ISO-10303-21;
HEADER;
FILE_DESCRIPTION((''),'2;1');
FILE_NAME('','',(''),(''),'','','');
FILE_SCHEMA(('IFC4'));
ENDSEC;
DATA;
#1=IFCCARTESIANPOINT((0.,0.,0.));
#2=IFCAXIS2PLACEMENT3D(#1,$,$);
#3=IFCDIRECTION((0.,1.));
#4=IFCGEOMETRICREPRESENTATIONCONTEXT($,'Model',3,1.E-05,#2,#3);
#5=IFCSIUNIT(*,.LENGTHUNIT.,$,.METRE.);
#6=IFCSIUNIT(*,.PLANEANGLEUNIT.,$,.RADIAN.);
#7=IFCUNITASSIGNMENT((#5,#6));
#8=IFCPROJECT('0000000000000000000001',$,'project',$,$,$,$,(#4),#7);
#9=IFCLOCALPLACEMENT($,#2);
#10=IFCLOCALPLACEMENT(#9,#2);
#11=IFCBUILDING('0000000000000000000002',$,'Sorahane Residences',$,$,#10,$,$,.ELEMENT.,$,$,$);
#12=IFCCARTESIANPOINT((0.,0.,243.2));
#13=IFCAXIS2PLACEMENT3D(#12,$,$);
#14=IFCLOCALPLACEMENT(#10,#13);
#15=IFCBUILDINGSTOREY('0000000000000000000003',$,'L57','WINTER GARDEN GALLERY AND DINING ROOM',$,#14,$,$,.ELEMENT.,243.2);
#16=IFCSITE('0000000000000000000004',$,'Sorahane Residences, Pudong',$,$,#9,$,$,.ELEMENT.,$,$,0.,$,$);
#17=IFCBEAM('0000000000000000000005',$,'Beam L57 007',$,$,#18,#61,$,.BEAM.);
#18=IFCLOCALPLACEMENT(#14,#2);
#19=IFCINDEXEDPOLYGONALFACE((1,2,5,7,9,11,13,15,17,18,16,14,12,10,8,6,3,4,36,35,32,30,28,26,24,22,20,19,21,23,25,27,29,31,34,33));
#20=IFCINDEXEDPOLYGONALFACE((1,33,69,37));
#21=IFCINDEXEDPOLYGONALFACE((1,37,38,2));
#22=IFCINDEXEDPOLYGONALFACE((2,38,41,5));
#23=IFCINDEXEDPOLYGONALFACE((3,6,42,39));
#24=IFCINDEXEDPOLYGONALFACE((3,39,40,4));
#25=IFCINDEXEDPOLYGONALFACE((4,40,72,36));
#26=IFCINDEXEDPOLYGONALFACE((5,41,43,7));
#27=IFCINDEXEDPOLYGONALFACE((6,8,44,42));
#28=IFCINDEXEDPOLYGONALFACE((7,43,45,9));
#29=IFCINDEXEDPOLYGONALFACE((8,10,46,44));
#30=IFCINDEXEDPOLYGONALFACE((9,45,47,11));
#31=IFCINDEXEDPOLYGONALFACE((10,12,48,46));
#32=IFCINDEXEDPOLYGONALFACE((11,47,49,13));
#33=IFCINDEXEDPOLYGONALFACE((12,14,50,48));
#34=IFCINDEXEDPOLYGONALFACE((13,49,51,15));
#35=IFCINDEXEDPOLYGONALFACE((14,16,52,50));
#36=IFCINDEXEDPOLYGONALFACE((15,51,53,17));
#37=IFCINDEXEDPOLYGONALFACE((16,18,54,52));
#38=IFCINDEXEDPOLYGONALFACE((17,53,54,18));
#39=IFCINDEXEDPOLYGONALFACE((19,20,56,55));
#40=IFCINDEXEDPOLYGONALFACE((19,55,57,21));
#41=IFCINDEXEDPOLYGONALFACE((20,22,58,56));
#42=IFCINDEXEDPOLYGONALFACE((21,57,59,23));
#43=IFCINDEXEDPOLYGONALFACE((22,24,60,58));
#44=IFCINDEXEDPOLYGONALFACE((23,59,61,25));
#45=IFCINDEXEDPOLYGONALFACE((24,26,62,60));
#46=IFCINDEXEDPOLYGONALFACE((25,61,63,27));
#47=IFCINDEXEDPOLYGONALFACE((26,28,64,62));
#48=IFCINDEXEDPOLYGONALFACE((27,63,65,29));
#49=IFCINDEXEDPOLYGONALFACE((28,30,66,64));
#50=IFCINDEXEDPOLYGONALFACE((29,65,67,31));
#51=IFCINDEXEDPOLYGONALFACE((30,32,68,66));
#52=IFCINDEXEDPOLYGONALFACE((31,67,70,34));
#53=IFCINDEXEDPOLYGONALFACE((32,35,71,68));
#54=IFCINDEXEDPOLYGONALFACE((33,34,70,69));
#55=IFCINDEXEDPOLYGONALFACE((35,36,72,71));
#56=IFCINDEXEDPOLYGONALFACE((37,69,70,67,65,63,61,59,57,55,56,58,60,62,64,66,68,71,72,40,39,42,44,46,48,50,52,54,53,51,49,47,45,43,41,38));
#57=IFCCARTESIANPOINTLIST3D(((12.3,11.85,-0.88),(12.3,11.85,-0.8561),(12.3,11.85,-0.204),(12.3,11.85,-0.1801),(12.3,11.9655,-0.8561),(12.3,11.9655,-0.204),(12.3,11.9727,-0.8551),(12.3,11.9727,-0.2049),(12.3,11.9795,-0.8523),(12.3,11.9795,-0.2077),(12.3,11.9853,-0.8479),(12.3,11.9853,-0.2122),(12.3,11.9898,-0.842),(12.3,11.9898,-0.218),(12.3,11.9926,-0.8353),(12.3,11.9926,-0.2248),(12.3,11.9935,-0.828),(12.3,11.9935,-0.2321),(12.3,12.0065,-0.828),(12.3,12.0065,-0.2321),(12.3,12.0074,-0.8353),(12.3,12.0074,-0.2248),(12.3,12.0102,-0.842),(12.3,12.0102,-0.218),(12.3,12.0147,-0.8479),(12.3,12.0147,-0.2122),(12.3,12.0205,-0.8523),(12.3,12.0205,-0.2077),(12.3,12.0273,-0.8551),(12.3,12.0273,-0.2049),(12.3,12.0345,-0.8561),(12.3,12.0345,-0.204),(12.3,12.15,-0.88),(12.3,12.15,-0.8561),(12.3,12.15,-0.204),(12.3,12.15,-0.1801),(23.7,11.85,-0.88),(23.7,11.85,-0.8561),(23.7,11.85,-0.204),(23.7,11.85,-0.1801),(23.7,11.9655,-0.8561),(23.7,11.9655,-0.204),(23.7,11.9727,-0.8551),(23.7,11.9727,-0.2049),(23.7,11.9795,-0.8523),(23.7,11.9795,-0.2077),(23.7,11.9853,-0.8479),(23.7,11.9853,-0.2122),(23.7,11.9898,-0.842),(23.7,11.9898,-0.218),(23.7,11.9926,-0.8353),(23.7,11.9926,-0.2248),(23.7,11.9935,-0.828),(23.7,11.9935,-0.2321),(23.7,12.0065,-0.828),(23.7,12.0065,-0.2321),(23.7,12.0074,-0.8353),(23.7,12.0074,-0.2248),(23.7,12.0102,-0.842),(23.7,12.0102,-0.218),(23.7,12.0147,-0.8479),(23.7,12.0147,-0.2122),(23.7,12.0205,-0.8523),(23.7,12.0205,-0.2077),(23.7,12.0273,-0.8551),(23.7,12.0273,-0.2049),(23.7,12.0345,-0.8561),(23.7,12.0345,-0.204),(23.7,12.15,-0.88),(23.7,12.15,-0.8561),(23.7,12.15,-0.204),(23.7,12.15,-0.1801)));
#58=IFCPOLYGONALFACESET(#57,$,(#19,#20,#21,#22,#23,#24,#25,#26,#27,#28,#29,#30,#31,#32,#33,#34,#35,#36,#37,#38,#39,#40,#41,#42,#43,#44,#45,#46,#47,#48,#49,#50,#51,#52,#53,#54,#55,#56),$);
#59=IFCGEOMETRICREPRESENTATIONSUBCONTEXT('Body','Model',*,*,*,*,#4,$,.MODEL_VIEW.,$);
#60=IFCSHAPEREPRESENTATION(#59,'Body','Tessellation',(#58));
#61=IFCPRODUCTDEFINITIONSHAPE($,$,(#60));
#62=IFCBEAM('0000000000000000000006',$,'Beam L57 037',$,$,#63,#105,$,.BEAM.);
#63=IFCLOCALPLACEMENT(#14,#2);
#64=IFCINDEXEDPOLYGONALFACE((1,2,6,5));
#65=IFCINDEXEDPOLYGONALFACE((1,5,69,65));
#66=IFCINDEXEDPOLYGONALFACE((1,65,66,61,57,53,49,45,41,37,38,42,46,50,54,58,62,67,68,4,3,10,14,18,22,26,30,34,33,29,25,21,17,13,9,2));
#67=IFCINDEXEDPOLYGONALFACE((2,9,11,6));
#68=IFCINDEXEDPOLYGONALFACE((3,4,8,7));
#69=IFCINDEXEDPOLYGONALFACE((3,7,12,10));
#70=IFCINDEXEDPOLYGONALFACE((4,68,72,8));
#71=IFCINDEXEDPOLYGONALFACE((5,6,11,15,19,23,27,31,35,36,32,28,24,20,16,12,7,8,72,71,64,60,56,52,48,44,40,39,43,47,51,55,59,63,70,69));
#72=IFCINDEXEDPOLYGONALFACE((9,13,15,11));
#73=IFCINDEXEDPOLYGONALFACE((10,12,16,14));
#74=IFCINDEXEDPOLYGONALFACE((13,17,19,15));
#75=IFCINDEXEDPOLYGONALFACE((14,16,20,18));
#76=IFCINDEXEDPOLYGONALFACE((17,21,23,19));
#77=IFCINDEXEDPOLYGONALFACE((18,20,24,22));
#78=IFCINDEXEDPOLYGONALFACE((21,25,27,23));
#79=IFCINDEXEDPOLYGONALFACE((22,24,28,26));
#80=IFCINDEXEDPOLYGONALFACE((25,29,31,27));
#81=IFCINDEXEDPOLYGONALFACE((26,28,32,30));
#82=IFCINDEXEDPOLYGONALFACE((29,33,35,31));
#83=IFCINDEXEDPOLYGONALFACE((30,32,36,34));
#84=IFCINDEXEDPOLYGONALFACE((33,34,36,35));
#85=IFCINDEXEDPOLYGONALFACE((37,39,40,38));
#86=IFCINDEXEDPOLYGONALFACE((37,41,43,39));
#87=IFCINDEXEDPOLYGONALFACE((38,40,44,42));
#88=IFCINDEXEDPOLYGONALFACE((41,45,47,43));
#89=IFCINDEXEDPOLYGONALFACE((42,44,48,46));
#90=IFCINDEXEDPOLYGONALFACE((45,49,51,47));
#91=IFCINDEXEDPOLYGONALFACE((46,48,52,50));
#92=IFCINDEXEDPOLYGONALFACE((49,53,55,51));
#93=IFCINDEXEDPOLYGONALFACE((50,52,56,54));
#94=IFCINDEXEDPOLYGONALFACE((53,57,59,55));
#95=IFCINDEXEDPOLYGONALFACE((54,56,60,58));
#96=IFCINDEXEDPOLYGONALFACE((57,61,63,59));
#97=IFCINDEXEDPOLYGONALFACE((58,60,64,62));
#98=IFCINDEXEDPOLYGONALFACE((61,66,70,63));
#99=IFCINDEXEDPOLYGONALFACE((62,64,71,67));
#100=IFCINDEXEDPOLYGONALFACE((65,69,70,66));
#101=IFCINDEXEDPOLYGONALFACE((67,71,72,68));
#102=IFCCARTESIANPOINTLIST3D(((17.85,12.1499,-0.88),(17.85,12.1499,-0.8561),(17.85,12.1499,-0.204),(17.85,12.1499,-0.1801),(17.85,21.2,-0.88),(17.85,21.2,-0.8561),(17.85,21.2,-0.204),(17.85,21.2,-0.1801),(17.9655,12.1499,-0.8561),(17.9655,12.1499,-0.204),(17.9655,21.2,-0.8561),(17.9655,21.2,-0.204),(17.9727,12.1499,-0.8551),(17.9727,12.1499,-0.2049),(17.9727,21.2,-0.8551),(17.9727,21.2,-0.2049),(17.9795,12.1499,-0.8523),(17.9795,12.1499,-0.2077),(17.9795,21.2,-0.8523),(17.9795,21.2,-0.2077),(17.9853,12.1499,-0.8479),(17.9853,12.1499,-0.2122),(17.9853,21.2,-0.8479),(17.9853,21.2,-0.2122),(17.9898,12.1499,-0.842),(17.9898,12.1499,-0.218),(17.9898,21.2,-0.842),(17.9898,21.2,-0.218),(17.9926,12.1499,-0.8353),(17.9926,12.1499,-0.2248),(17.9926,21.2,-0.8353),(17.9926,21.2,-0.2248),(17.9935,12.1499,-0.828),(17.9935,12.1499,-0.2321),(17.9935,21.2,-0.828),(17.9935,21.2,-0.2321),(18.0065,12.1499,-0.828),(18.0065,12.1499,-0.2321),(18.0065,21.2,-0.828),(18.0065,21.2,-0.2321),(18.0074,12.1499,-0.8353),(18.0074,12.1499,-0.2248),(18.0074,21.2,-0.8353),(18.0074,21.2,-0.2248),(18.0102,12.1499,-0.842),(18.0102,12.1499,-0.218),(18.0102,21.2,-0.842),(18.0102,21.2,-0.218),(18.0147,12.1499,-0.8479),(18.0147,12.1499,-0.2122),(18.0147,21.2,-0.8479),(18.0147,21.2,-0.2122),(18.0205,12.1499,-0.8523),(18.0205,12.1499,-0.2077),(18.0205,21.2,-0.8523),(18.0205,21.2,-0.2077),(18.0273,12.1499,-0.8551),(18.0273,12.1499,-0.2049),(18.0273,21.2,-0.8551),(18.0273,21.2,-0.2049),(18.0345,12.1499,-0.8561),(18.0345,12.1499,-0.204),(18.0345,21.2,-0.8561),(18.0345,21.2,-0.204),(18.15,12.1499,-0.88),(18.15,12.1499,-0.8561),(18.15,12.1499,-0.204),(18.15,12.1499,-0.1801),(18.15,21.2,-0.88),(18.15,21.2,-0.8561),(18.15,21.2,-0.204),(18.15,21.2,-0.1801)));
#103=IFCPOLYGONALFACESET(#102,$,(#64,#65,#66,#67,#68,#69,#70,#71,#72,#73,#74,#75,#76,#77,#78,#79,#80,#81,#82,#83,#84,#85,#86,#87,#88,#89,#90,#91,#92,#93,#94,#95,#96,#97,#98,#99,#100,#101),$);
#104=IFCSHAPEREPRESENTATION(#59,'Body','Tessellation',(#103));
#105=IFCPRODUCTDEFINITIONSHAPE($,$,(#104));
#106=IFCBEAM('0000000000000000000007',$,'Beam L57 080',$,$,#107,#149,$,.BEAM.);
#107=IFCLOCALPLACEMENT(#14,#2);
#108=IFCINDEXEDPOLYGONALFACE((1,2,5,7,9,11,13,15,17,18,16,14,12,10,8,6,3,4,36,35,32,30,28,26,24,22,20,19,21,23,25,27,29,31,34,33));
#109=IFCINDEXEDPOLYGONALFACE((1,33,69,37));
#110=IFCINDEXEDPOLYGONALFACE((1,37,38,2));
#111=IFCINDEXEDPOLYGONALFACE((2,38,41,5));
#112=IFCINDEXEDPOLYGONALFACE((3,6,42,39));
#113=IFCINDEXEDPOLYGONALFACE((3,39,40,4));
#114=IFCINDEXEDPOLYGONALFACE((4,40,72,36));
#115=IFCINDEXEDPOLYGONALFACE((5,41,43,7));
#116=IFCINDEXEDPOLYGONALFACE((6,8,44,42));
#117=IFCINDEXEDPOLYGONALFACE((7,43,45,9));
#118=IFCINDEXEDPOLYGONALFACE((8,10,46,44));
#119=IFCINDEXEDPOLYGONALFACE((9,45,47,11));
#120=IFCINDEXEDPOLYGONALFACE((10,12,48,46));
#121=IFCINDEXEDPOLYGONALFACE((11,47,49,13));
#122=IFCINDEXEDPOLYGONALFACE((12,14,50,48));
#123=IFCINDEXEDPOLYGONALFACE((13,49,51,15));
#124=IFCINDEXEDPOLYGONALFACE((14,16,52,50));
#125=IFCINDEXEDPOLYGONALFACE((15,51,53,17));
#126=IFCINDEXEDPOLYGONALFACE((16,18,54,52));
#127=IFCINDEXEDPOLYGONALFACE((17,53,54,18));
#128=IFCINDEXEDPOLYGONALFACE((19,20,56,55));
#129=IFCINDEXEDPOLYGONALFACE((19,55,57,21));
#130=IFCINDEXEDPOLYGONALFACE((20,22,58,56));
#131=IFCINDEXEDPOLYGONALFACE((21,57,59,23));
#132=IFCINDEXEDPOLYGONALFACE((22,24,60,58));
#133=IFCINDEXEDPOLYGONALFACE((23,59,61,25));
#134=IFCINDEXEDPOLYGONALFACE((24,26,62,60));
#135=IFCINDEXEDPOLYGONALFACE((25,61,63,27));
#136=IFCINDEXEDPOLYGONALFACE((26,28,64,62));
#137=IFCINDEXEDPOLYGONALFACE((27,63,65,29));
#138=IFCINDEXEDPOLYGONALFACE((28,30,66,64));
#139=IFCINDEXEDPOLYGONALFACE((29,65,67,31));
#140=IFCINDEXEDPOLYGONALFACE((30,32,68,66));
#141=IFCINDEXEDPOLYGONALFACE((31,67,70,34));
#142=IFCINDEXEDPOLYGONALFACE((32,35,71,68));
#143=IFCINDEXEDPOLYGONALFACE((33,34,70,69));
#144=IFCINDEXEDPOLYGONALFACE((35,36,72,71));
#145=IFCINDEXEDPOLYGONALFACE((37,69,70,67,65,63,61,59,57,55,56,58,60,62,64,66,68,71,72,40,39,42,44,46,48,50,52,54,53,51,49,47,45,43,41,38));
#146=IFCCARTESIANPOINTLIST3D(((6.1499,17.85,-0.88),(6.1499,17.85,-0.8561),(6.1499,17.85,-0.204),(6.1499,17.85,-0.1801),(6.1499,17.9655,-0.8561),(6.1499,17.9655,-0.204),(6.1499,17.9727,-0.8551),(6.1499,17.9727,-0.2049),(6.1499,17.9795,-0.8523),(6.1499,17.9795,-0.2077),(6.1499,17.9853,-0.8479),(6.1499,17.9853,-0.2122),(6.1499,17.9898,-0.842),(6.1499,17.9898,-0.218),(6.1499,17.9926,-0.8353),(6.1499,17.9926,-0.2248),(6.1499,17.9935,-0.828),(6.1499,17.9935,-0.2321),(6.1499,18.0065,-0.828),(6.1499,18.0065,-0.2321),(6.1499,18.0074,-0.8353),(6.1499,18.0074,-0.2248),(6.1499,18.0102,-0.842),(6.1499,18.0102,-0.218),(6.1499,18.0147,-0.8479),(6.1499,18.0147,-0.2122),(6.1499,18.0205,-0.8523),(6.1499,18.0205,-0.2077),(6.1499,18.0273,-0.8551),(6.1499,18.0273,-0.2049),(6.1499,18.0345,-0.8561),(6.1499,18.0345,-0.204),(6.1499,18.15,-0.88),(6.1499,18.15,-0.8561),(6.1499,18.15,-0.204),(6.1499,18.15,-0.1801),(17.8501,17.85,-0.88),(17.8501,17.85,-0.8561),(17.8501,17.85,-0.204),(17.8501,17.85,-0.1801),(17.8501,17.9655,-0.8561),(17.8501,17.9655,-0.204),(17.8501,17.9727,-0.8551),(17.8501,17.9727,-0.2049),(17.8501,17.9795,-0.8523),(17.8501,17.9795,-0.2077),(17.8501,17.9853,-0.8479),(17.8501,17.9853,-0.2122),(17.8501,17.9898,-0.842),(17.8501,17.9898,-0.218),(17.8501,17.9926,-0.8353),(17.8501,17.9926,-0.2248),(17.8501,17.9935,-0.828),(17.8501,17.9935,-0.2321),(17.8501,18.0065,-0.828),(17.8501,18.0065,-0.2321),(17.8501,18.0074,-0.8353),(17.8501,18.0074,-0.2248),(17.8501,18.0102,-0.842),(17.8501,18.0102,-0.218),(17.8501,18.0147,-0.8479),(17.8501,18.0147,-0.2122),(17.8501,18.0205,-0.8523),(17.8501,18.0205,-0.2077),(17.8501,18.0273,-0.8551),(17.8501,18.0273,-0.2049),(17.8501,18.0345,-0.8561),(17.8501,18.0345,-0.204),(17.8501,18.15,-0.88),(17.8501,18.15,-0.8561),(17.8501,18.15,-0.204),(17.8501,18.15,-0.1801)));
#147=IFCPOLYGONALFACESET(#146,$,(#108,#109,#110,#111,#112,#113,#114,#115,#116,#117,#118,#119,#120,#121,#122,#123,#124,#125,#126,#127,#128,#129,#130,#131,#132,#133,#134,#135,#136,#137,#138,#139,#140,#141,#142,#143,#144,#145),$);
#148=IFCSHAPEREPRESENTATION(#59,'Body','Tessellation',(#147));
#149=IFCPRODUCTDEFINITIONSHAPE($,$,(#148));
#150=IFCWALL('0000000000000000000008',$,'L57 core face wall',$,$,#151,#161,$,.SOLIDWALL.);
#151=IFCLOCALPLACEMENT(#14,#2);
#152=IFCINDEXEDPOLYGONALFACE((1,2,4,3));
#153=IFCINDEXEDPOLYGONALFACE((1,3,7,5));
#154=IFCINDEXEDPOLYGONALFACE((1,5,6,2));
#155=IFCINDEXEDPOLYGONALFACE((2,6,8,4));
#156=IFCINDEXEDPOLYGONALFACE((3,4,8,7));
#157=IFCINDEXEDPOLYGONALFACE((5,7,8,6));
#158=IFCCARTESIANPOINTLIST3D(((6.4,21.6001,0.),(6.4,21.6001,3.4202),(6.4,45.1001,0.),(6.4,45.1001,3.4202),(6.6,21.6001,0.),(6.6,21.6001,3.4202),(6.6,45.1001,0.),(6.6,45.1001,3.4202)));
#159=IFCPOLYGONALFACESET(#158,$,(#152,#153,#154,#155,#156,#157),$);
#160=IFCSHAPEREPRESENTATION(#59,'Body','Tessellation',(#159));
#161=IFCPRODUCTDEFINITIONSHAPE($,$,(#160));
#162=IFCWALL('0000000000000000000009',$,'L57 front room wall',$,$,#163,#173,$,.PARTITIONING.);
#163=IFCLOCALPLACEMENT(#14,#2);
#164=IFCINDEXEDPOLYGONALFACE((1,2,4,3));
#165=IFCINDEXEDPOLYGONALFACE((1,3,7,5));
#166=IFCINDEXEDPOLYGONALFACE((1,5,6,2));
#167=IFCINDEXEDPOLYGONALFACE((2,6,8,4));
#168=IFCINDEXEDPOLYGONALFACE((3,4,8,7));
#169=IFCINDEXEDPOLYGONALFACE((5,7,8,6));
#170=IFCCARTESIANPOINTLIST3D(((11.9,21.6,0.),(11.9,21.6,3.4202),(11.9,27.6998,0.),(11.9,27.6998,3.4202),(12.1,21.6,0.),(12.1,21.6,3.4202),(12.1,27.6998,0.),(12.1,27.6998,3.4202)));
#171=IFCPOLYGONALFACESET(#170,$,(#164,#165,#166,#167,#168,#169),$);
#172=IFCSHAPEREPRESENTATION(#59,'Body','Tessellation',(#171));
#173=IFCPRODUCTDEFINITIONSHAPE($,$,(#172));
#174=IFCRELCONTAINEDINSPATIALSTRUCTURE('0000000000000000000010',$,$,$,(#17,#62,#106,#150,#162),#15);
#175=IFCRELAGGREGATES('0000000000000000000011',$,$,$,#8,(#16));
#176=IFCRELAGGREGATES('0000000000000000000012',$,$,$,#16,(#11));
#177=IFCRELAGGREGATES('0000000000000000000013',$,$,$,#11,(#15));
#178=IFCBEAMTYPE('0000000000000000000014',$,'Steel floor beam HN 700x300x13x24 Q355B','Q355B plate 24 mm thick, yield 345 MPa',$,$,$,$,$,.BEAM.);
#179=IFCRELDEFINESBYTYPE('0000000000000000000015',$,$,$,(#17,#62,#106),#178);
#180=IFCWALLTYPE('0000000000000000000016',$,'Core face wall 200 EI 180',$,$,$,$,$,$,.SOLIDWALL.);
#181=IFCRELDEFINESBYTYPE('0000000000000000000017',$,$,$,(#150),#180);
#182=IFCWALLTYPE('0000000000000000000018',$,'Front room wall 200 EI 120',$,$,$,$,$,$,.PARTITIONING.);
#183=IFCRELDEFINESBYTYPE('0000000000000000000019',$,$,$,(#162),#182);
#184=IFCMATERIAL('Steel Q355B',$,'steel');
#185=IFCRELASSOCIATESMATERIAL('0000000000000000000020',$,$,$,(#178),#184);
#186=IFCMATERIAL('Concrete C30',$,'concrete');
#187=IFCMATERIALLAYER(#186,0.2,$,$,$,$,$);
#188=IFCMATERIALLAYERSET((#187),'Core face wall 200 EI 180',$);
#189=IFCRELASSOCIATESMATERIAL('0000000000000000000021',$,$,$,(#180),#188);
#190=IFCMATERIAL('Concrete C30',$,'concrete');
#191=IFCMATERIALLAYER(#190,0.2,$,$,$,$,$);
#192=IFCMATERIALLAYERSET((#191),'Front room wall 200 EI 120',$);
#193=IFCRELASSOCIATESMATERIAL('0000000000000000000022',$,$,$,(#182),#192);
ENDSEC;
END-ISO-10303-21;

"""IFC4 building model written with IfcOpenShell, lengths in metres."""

from ifc_helpers import new_model, si_unit, direction, frame, frame_2d, origin, origin_2d, place, context, subcontext, project, spatial, rectangle, i_section, extrude, material, layer, layer_set, material_profile, profile_set, type_object, element, save


model = new_model("IFC4")

# Units and contexts
model_context = context("Model", 3, precision=1e-05, world=origin(), true_north=direction((0.0, 1.0)))
body_context = subcontext(model_context, "Body", "Model", "MODEL_VIEW")
ifc_project = project(units=[si_unit("LENGTHUNIT", "METRE"), si_unit("PLANEANGLEUNIT", "RADIAN")], contexts=[model_context])

# Site, building, storey
site_placement = place(None, origin())
site = spatial("IfcSite", under=ifc_project, at=site_placement, Name="Sorahane Residences, Pudong", CompositionType="ELEMENT", RefElevation=0.0)
building_placement = place(site_placement, origin())
building = spatial("IfcBuilding", under=site, at=building_placement, Name="Sorahane Residences", CompositionType="ELEMENT")
storey_placement = place(building_placement, frame((0.0, 0.0, 243.2)))
storey = spatial("IfcBuildingStorey", under=building, at=storey_placement, Name="L57", Description="WINTER GARDEN GALLERY AND DINING ROOM", CompositionType="ELEMENT", Elevation=243.2)

# Beams
ifc_material_1 = material(Name="Steel Q355B", Category="steel")
ifc_material_profile_1 = material_profile(ifc_material_1, i_section(OverallWidth=0.3, OverallDepth=0.7, WebThickness=0.0129, FlangeThickness=0.0239, FilletRadius=0.0281, at=origin_2d()), Name="HN 700x300x13x24")
ifc_profile_set_1 = profile_set([ifc_material_profile_1], Name="Steel Q355B")
beam_type_1 = type_object("IfcBeamType", Name="Steel floor beam HN 700x300x13x24 Q355B", Description="Q355B plate 24 mm thick, yield 345 MPa", PredefinedType="BEAM", material=ifc_profile_set_1)
beam_1_placement = place(storey_placement, frame((12.3, 12.0, -0.53), z_axis=(1.0, 0.0, 0.0), x_axis=(0.0, 1.0, 0.0)))
element("IfcBeam", 1, at=beam_1_placement, inside=storey, type_object=beam_type_1, Name="Beam L57 007", PredefinedType="BEAM", context=body_context, shape_type="SweptSolid", body=[
    extrude(i_section(OverallWidth=0.3, OverallDepth=0.7, WebThickness=0.0129, FlangeThickness=0.0239, FilletRadius=0.0281, at=origin_2d()), origin(), (0.0, 0.0, 1.0), 11.3999),
])
beam_2_placement = place(storey_placement, frame((18.0, 12.1499, -0.53), z_axis=(0.0, 1.0, 0.0), x_axis=(-1.0, 0.0, 0.0)))
element("IfcBeam", 2, at=beam_2_placement, inside=storey, type_object=beam_type_1, Name="Beam L57 037", PredefinedType="BEAM", context=body_context, shape_type="SweptSolid", body=[
    extrude(i_section(OverallWidth=0.3, OverallDepth=0.7, WebThickness=0.0129, FlangeThickness=0.0239, FilletRadius=0.0281, at=origin_2d()), origin(), (0.0, 0.0, 1.0), 9.05),
])
beam_3_placement = place(storey_placement, frame((6.1499, 18.0, -0.53), z_axis=(1.0, 0.0, 0.0), x_axis=(0.0, 1.0, 0.0)))
element("IfcBeam", 3, at=beam_3_placement, inside=storey, type_object=beam_type_1, Name="Beam L57 080", PredefinedType="BEAM", context=body_context, shape_type="SweptSolid", body=[
    extrude(i_section(OverallWidth=0.3, OverallDepth=0.7, WebThickness=0.0129, FlangeThickness=0.0239, FilletRadius=0.0281, at=origin_2d()), origin(), (0.0, 0.0, 1.0), 11.7002),
])

# Walls
ifc_material_2 = material(Name="Concrete C30", Category="concrete")
ifc_layer_1 = layer(ifc_material_2, 0.2)
ifc_layer_set_1 = layer_set([ifc_layer_1], Name="Core face wall 200 EI 180")
wall_type_1 = type_object("IfcWallType", Name="Core face wall 200 EI 180", PredefinedType="SOLIDWALL", material=ifc_layer_set_1)
wall_1_placement = place(storey_placement, frame((6.5, 21.6001, 0.0), z_axis=(0.0, 0.0, 1.0), x_axis=(0.0, 1.0, 0.0)))
element("IfcWall", 4, at=wall_1_placement, inside=storey, type_object=wall_type_1, Name="L57 core face wall", PredefinedType="SOLIDWALL", context=body_context, shape_type="SweptSolid", body=[
    extrude(rectangle(XDim=23.5, YDim=0.2, at=frame_2d((11.75, 0.0))), origin(), (0.0, 0.0, 1.0), 3.4202),
])
ifc_material_3 = material(Name="Concrete C30", Category="concrete")
ifc_layer_2 = layer(ifc_material_3, 0.2)
ifc_layer_set_2 = layer_set([ifc_layer_2], Name="Front room wall 200 EI 120")
wall_type_2 = type_object("IfcWallType", Name="Front room wall 200 EI 120", PredefinedType="PARTITIONING", material=ifc_layer_set_2)
wall_2_placement = place(storey_placement, frame((12.0, 21.6001, 0.0), z_axis=(0.0, 0.0, 1.0), x_axis=(0.0, 1.0, 0.0)))
element("IfcWall", 5, at=wall_2_placement, inside=storey, type_object=wall_type_2, Name="L57 front room wall", PredefinedType="PARTITIONING", context=body_context, shape_type="SweptSolid", body=[
    extrude(rectangle(XDim=6.0999, YDim=0.2, at=frame_2d((3.0498, 0.0))), origin(), (0.0, 0.0, 1.0), 3.4202),
])

save(model, "model.ifc")
